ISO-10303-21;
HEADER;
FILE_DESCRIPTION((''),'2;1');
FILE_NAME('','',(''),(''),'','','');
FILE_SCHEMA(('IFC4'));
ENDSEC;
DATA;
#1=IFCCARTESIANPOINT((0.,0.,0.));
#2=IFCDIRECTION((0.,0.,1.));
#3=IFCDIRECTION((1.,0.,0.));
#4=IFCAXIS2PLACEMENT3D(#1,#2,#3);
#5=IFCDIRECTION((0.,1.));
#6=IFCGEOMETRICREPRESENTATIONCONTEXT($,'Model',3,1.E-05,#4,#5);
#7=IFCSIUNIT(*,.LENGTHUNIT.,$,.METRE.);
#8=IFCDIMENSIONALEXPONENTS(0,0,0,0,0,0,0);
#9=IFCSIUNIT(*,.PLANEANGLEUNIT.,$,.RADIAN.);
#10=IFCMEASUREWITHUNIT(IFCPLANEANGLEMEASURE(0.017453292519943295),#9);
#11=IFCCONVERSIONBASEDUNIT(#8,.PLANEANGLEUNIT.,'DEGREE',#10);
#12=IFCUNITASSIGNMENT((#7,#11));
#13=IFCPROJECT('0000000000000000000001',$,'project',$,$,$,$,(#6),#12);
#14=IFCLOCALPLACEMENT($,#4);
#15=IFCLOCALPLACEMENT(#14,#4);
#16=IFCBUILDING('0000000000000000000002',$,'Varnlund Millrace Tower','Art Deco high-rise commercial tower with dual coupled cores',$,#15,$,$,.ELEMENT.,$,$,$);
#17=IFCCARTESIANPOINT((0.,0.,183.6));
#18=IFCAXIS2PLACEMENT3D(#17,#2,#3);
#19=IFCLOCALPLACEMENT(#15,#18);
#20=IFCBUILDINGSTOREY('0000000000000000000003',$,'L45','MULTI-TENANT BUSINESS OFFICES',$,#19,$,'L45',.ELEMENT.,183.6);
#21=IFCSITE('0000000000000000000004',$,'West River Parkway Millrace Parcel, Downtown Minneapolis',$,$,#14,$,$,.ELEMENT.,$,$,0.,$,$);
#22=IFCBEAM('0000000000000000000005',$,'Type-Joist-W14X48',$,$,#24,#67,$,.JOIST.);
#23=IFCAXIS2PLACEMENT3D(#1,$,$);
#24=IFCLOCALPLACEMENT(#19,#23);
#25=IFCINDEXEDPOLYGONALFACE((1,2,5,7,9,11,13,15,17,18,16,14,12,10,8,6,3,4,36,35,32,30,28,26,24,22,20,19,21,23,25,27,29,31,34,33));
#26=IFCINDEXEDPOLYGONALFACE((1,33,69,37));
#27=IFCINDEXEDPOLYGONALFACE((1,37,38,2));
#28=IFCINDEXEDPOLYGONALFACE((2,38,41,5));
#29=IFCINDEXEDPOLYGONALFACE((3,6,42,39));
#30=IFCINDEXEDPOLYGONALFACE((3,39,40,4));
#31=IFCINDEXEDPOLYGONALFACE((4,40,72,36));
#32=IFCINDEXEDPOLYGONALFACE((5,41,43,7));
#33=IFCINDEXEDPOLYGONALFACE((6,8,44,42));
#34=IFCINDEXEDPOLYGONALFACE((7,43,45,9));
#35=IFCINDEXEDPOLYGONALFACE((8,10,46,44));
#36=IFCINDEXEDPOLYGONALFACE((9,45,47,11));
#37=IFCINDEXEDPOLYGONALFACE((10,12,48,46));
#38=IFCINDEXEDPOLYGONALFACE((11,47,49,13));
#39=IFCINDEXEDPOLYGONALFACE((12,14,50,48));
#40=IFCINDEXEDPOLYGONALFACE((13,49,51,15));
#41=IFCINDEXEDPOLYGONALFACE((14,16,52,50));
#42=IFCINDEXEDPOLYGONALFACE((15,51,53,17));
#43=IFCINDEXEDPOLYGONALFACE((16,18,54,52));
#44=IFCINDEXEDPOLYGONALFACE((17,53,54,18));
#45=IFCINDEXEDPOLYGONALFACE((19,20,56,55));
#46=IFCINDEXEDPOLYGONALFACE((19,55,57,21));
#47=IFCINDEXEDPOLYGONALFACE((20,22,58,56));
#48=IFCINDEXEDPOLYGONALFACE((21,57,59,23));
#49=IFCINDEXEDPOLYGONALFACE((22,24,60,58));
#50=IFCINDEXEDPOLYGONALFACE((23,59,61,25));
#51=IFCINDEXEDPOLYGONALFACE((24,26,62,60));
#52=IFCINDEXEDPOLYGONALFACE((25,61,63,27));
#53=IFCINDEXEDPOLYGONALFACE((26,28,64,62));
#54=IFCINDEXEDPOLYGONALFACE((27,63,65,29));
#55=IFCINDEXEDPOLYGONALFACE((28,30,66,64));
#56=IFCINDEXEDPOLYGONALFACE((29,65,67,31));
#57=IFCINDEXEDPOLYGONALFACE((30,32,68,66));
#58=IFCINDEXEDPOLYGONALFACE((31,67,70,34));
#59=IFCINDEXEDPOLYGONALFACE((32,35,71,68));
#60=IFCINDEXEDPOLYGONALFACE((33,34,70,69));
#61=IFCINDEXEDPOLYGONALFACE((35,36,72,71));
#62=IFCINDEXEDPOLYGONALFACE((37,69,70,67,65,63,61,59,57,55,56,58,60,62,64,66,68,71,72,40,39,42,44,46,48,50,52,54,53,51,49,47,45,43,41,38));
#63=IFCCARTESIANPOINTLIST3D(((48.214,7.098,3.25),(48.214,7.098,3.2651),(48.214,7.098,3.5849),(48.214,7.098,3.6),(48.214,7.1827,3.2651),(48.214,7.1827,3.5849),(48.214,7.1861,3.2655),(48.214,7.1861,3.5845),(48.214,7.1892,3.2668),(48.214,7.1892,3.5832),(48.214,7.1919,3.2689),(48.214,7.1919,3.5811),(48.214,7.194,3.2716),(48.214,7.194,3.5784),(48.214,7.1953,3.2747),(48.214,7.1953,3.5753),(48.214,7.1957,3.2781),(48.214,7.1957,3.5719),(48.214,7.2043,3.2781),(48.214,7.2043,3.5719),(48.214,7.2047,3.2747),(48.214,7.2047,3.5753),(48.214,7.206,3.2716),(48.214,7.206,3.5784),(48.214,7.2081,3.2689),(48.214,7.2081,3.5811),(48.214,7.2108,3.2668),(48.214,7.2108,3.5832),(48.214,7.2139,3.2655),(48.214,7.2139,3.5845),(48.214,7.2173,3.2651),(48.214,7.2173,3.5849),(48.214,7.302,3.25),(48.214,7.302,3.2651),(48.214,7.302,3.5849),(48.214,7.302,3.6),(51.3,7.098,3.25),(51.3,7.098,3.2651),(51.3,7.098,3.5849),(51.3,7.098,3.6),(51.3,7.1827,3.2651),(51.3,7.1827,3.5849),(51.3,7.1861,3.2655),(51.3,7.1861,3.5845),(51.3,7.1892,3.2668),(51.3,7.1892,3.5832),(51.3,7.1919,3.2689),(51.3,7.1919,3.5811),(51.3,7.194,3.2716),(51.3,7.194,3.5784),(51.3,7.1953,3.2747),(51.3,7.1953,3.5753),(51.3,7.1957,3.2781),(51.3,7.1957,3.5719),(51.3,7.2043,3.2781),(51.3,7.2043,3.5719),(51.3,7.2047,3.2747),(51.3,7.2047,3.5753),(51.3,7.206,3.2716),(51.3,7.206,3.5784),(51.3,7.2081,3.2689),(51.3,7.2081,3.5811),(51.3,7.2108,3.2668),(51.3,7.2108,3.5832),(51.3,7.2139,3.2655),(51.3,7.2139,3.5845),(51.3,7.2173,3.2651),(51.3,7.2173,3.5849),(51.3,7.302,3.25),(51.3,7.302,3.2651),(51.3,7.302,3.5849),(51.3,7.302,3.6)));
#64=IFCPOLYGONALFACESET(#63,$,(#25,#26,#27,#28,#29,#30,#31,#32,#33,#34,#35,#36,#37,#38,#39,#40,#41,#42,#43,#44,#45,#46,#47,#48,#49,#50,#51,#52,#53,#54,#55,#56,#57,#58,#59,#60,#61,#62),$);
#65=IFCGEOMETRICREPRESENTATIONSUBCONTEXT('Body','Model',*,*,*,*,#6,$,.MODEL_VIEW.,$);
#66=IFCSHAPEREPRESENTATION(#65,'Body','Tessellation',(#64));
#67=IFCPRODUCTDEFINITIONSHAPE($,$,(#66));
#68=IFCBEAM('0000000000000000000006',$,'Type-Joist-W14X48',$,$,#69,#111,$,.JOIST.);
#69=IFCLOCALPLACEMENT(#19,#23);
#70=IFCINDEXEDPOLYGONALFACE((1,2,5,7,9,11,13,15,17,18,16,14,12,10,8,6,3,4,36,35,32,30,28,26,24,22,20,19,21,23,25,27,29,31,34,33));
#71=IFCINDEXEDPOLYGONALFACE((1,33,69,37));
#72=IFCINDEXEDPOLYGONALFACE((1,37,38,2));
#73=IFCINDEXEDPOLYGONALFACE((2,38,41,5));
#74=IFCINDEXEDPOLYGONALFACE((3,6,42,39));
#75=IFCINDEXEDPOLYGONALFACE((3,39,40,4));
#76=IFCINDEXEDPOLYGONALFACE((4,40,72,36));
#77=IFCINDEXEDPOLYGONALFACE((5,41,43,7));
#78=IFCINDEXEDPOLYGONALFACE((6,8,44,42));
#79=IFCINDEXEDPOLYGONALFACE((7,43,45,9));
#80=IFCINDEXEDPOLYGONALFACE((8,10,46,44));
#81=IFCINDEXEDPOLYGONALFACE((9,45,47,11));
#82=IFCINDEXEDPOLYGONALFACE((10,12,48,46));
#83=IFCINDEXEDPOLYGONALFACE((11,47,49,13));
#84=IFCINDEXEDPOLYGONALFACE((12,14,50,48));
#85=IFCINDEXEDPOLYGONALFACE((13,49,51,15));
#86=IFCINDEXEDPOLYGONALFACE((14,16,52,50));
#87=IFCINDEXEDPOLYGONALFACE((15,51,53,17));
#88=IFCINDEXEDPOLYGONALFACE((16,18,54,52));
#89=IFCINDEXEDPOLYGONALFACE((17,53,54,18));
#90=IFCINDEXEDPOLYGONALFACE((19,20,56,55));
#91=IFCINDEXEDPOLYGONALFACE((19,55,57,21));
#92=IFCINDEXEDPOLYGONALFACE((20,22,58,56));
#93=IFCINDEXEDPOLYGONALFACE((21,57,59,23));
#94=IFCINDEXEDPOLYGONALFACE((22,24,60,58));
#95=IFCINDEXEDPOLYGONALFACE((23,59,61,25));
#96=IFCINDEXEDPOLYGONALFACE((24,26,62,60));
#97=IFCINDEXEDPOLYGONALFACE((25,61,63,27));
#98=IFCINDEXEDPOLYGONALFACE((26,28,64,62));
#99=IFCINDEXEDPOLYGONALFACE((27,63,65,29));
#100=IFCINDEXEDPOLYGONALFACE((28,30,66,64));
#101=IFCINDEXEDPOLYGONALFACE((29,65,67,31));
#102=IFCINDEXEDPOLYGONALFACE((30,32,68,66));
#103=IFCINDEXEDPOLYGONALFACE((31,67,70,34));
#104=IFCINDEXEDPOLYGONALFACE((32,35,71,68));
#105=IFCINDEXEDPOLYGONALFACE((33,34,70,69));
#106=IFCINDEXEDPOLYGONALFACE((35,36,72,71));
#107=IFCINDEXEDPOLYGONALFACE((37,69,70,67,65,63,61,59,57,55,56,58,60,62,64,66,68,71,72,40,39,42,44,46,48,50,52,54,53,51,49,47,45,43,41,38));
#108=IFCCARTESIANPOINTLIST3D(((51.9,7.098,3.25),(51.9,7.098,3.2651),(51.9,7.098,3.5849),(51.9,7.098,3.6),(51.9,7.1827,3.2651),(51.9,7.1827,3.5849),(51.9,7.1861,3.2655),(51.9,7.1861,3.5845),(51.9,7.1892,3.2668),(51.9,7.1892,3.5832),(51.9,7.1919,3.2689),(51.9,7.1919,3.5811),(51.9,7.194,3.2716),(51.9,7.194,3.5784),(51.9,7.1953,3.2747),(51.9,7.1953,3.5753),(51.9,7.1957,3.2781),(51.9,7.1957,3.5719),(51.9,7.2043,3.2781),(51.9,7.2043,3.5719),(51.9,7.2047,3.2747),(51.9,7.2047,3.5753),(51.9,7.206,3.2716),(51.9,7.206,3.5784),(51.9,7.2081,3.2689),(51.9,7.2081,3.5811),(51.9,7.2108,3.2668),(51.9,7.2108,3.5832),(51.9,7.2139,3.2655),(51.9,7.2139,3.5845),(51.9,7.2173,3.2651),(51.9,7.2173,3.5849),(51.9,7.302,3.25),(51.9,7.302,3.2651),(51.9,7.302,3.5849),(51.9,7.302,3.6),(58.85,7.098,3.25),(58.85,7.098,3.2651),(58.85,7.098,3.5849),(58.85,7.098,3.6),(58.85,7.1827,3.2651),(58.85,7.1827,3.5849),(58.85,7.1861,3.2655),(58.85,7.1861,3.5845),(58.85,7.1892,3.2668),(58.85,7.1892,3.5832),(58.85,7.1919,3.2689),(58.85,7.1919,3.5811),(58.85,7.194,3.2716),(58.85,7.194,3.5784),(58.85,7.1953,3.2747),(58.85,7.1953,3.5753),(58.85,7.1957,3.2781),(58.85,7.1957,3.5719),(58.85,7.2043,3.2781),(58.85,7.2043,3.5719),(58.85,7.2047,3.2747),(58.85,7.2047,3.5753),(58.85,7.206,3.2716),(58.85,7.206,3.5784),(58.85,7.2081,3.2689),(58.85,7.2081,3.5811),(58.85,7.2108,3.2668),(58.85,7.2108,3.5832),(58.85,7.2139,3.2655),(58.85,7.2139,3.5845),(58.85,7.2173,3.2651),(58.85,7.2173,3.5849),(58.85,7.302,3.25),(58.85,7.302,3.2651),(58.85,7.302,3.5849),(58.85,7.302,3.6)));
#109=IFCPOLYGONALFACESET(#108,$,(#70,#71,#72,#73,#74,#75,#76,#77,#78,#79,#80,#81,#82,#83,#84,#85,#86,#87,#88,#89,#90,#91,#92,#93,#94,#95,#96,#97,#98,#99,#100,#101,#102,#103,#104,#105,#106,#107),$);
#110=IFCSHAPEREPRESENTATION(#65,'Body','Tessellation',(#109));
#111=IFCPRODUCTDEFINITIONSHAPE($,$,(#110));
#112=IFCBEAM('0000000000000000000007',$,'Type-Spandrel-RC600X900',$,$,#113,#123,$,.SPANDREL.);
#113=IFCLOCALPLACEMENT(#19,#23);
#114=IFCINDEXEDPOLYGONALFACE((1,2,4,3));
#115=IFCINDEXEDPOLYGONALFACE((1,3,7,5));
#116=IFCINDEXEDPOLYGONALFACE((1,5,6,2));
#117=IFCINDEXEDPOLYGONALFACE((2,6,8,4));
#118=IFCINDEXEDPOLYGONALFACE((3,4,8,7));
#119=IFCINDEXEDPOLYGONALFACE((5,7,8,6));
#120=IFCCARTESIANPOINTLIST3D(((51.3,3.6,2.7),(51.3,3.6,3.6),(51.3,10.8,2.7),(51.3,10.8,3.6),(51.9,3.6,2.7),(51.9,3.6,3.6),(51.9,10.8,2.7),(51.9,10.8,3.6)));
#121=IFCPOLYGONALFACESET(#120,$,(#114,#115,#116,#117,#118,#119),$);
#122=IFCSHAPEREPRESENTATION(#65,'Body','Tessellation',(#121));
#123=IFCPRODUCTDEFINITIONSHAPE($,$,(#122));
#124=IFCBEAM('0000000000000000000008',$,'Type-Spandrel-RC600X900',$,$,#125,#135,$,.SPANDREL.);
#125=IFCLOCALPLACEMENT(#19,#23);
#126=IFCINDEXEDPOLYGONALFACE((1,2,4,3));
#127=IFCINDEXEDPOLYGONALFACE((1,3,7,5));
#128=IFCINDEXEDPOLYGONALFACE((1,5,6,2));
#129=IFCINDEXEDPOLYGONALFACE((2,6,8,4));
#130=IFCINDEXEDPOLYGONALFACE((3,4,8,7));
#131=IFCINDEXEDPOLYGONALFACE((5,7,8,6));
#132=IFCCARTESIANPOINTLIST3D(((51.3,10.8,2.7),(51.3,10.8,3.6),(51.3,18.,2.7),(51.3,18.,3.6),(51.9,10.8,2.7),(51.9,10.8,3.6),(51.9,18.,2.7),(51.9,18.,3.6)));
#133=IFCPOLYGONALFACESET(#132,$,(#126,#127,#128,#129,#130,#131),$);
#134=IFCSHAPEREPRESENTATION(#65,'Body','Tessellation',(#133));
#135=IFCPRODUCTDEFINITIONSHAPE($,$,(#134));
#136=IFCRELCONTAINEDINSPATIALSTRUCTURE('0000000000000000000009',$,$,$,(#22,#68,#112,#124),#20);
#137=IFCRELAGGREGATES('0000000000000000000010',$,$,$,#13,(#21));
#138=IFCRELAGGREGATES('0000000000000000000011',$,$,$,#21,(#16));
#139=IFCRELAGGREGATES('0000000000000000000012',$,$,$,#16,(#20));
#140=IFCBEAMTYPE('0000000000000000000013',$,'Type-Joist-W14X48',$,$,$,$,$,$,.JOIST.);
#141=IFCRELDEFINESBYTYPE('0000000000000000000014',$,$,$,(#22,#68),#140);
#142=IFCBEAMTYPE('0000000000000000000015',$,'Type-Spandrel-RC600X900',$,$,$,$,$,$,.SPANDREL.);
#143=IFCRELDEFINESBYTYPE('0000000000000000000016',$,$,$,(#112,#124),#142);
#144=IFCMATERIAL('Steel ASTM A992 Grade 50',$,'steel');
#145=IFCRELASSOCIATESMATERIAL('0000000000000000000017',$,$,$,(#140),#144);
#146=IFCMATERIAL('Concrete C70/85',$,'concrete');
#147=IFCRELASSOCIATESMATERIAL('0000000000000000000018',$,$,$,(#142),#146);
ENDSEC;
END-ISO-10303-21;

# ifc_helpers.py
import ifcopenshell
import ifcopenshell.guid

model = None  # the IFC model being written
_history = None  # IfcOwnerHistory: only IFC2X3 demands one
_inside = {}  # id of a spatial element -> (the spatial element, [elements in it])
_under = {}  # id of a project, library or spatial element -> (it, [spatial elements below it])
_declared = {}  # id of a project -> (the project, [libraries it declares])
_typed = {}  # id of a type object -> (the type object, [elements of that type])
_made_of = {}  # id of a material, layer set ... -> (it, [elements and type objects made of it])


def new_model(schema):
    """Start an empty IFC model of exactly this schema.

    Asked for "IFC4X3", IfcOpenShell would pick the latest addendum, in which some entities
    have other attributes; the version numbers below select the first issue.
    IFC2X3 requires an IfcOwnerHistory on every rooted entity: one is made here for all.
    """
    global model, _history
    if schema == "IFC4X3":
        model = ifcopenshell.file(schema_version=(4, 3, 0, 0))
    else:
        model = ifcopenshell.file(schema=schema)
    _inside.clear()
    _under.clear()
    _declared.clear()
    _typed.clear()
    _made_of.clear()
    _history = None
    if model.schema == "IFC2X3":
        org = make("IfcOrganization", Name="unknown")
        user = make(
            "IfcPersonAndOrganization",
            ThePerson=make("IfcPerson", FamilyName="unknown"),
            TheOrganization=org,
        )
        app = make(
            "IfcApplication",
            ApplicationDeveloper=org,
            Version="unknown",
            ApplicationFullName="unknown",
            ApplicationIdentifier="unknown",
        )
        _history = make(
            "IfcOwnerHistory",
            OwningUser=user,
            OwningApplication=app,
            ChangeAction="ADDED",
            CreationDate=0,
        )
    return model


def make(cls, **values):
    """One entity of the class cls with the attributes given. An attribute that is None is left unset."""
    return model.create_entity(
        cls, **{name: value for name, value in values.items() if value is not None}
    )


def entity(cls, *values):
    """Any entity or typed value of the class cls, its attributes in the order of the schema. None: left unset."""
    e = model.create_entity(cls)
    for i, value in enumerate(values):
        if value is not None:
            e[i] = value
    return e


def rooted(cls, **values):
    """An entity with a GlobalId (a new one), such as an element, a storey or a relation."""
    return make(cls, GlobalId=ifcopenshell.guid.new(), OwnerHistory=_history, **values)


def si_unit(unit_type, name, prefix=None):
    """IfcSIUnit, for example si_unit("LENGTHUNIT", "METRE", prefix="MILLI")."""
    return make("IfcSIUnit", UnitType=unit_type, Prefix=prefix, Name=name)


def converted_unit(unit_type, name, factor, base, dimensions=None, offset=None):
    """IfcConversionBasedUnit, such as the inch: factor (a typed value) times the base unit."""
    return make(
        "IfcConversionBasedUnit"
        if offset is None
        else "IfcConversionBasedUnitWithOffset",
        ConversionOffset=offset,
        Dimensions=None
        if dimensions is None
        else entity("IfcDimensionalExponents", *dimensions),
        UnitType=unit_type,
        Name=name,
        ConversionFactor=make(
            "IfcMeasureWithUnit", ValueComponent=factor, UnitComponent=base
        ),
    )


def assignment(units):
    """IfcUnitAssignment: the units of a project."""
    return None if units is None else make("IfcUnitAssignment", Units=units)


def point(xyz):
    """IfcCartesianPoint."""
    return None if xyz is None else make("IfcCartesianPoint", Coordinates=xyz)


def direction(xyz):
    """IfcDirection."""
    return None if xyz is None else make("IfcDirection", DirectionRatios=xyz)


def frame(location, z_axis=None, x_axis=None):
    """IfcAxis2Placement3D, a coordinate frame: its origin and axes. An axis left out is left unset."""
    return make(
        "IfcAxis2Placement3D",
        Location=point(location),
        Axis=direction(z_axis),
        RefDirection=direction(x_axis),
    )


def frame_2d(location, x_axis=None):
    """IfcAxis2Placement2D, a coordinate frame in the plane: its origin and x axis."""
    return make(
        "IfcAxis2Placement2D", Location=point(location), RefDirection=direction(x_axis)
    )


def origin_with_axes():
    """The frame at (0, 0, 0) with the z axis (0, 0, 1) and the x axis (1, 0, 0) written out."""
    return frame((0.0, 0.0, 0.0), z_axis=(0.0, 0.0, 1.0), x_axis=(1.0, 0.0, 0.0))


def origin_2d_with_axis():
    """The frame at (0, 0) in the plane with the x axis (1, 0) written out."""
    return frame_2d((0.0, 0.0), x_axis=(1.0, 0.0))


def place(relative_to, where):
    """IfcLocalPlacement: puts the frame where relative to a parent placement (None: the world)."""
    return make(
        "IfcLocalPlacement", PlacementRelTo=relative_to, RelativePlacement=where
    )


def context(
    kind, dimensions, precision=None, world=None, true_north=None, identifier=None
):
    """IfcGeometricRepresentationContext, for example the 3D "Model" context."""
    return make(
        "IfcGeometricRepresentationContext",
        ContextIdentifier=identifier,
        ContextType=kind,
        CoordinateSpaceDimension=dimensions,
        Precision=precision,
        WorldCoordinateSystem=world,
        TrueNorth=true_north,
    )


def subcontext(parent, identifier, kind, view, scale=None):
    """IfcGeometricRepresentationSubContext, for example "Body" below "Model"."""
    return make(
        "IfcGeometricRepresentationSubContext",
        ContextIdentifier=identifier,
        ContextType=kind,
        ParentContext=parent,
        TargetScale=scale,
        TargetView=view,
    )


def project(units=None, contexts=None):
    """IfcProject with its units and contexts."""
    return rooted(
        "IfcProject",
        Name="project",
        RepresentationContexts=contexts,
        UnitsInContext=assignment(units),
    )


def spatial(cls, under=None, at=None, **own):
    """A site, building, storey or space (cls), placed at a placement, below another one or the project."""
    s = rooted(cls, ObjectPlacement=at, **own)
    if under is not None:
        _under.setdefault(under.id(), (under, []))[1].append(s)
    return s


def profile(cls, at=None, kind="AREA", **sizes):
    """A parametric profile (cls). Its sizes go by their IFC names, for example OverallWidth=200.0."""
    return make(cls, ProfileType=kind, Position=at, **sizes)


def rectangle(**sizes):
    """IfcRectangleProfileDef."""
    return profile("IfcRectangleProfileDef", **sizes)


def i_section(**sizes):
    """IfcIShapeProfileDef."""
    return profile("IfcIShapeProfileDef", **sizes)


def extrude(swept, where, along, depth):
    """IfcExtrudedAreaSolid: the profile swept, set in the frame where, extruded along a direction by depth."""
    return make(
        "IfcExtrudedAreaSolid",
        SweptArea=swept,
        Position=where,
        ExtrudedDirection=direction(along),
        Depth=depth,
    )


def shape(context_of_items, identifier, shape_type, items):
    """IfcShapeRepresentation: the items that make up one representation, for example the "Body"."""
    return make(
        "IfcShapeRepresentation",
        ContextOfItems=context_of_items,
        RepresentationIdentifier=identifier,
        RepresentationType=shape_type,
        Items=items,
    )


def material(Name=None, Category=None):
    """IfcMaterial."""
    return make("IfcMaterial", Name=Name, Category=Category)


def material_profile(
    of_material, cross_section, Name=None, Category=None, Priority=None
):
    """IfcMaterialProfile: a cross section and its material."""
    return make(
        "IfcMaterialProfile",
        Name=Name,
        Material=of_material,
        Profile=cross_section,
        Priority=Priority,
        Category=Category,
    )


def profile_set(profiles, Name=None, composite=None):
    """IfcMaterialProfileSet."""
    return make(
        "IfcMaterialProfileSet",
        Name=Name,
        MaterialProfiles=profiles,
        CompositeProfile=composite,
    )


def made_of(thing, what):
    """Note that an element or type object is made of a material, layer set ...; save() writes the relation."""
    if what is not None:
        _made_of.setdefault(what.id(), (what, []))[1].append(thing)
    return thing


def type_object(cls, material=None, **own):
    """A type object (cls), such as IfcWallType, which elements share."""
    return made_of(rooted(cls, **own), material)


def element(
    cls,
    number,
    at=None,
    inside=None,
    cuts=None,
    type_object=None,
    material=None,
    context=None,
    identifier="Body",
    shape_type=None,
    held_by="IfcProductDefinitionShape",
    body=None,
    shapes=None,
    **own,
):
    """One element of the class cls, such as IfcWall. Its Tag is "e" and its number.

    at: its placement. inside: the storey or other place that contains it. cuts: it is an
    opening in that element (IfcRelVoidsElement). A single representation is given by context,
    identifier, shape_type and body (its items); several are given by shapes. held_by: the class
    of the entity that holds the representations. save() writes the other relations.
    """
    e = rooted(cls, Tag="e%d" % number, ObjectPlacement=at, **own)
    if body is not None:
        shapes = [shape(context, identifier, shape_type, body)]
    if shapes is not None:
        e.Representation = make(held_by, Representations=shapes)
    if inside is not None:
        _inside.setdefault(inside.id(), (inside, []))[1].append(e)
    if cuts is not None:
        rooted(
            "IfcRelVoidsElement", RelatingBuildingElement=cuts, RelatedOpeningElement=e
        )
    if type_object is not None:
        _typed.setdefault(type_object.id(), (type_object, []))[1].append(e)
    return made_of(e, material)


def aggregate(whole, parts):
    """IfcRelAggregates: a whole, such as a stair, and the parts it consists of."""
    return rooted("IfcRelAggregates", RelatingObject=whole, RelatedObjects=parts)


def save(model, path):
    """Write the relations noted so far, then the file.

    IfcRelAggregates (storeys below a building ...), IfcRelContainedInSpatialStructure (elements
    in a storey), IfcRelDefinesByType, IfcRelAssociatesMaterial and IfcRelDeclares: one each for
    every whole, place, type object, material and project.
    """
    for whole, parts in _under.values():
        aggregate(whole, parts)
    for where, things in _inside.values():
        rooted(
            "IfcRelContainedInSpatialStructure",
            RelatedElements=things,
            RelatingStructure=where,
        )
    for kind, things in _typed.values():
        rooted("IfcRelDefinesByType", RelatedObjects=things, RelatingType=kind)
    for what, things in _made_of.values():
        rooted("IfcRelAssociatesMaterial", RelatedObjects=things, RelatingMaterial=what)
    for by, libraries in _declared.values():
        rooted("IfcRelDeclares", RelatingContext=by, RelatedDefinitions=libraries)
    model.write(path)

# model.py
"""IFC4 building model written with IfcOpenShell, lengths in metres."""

from ifc_helpers import new_model, entity, si_unit, converted_unit, direction, frame, origin_with_axes, origin_2d_with_axis, place, context, subcontext, project, spatial, rectangle, i_section, extrude, material, material_profile, profile_set, type_object, element, save


model = new_model("IFC4")

# Units and contexts
model_context = context("Model", 3, precision=1e-05, world=origin_with_axes(), true_north=direction((0.0, 1.0)))
body_context = subcontext(model_context, "Body", "Model", "MODEL_VIEW")
ifc_project = project(units=[si_unit("LENGTHUNIT", "METRE"), converted_unit("PLANEANGLEUNIT", "DEGREE", entity("IfcPlaneAngleMeasure", 0.017453292519943295), si_unit("PLANEANGLEUNIT", "RADIAN"), dimensions=[0, 0, 0, 0, 0, 0, 0])], contexts=[model_context])

# Site, building, storey
site_placement = place(None, origin_with_axes())
site = spatial("IfcSite", under=ifc_project, at=site_placement, Name="West River Parkway Millrace Parcel, Downtown Minneapolis", CompositionType="ELEMENT", RefElevation=0.0)
building_placement = place(site_placement, origin_with_axes())
building = spatial("IfcBuilding", under=site, at=building_placement, Name="Varnlund Millrace Tower", Description="Art Deco high-rise commercial tower with dual coupled cores", CompositionType="ELEMENT")
storey_placement = place(building_placement, frame((0.0, 0.0, 183.6), z_axis=(0.0, 0.0, 1.0), x_axis=(1.0, 0.0, 0.0)))
storey = spatial("IfcBuildingStorey", under=building, at=storey_placement, Name="L45", Description="MULTI-TENANT BUSINESS OFFICES", LongName="L45", CompositionType="ELEMENT", Elevation=183.6)

# Beams
ifc_material_1 = material(Name="Steel ASTM A992 Grade 50", Category="steel")
ifc_material_profile_1 = material_profile(ifc_material_1, i_section(OverallWidth=0.204, OverallDepth=0.35, WebThickness=0.0086, FlangeThickness=0.0151, FilletRadius=0.013, at=origin_2d_with_axis()), Name="Steel ASTM A992 Grade 50")
ifc_profile_set_1 = profile_set([ifc_material_profile_1], Name="Steel ASTM A992 Grade 50")
beam_type_1 = type_object("IfcBeamType", Name="Type-Joist-W14X48", PredefinedType="JOIST", material=ifc_profile_set_1)
beam_1_placement = place(storey_placement, frame((48.214, 7.2, 3.425), z_axis=(1.0, 0.0, 0.0), x_axis=(0.0, 1.0, 0.0)))
element("IfcBeam", 1, at=beam_1_placement, inside=storey, type_object=beam_type_1, Name="Type-Joist-W14X48", PredefinedType="JOIST", context=body_context, shape_type="SweptSolid", body=[
    extrude(i_section(OverallWidth=0.204, OverallDepth=0.35, WebThickness=0.0086, FlangeThickness=0.0151, FilletRadius=0.013, at=origin_2d_with_axis()), origin_with_axes(), (0.0, 0.0, 1.0), 3.086),
])
beam_2_placement = place(storey_placement, frame((51.9, 7.2, 3.425), z_axis=(1.0, 0.0, 0.0), x_axis=(0.0, 1.0, 0.0)))
element("IfcBeam", 2, at=beam_2_placement, inside=storey, type_object=beam_type_1, Name="Type-Joist-W14X48", PredefinedType="JOIST", context=body_context, shape_type="SweptSolid", body=[
    extrude(i_section(OverallWidth=0.204, OverallDepth=0.35, WebThickness=0.0086, FlangeThickness=0.0151, FilletRadius=0.013, at=origin_2d_with_axis()), origin_with_axes(), (0.0, 0.0, 1.0), 6.95),
])
ifc_material_2 = material(Name="Concrete C70/85", Category="concrete")
ifc_material_profile_2 = material_profile(ifc_material_2, rectangle(XDim=0.6, YDim=0.9, at=origin_2d_with_axis()), Name="Concrete C70/85")
ifc_profile_set_2 = profile_set([ifc_material_profile_2], Name="Concrete C70/85")
beam_type_2 = type_object("IfcBeamType", Name="Type-Spandrel-RC600X900", PredefinedType="SPANDREL", material=ifc_profile_set_2)
for number, where, z_axis, x_axis, name in (
    (3, (51.6, 3.6, 3.15), (0.0, 1.0, 0.0), (-1.0, 0.0, 0.0), "Type-Spandrel-RC600X900"),
    (4, (51.6, 10.8, 3.15), (0.0, 1.0, 0.0), (-1.0, 0.0, 0.0), "Type-Spandrel-RC600X900"),
):
    element("IfcBeam", number, at=place(storey_placement, frame(where, z_axis=z_axis, x_axis=x_axis)), inside=storey, type_object=beam_type_2, Name=name, PredefinedType="SPANDREL", context=body_context, shape_type="SweptSolid", body=[
        extrude(rectangle(XDim=0.6, YDim=0.9, at=origin_2d_with_axis()), origin_with_axes(), (0.0, 0.0, 1.0), 7.2),
    ])

save(model, "model.ifc")
